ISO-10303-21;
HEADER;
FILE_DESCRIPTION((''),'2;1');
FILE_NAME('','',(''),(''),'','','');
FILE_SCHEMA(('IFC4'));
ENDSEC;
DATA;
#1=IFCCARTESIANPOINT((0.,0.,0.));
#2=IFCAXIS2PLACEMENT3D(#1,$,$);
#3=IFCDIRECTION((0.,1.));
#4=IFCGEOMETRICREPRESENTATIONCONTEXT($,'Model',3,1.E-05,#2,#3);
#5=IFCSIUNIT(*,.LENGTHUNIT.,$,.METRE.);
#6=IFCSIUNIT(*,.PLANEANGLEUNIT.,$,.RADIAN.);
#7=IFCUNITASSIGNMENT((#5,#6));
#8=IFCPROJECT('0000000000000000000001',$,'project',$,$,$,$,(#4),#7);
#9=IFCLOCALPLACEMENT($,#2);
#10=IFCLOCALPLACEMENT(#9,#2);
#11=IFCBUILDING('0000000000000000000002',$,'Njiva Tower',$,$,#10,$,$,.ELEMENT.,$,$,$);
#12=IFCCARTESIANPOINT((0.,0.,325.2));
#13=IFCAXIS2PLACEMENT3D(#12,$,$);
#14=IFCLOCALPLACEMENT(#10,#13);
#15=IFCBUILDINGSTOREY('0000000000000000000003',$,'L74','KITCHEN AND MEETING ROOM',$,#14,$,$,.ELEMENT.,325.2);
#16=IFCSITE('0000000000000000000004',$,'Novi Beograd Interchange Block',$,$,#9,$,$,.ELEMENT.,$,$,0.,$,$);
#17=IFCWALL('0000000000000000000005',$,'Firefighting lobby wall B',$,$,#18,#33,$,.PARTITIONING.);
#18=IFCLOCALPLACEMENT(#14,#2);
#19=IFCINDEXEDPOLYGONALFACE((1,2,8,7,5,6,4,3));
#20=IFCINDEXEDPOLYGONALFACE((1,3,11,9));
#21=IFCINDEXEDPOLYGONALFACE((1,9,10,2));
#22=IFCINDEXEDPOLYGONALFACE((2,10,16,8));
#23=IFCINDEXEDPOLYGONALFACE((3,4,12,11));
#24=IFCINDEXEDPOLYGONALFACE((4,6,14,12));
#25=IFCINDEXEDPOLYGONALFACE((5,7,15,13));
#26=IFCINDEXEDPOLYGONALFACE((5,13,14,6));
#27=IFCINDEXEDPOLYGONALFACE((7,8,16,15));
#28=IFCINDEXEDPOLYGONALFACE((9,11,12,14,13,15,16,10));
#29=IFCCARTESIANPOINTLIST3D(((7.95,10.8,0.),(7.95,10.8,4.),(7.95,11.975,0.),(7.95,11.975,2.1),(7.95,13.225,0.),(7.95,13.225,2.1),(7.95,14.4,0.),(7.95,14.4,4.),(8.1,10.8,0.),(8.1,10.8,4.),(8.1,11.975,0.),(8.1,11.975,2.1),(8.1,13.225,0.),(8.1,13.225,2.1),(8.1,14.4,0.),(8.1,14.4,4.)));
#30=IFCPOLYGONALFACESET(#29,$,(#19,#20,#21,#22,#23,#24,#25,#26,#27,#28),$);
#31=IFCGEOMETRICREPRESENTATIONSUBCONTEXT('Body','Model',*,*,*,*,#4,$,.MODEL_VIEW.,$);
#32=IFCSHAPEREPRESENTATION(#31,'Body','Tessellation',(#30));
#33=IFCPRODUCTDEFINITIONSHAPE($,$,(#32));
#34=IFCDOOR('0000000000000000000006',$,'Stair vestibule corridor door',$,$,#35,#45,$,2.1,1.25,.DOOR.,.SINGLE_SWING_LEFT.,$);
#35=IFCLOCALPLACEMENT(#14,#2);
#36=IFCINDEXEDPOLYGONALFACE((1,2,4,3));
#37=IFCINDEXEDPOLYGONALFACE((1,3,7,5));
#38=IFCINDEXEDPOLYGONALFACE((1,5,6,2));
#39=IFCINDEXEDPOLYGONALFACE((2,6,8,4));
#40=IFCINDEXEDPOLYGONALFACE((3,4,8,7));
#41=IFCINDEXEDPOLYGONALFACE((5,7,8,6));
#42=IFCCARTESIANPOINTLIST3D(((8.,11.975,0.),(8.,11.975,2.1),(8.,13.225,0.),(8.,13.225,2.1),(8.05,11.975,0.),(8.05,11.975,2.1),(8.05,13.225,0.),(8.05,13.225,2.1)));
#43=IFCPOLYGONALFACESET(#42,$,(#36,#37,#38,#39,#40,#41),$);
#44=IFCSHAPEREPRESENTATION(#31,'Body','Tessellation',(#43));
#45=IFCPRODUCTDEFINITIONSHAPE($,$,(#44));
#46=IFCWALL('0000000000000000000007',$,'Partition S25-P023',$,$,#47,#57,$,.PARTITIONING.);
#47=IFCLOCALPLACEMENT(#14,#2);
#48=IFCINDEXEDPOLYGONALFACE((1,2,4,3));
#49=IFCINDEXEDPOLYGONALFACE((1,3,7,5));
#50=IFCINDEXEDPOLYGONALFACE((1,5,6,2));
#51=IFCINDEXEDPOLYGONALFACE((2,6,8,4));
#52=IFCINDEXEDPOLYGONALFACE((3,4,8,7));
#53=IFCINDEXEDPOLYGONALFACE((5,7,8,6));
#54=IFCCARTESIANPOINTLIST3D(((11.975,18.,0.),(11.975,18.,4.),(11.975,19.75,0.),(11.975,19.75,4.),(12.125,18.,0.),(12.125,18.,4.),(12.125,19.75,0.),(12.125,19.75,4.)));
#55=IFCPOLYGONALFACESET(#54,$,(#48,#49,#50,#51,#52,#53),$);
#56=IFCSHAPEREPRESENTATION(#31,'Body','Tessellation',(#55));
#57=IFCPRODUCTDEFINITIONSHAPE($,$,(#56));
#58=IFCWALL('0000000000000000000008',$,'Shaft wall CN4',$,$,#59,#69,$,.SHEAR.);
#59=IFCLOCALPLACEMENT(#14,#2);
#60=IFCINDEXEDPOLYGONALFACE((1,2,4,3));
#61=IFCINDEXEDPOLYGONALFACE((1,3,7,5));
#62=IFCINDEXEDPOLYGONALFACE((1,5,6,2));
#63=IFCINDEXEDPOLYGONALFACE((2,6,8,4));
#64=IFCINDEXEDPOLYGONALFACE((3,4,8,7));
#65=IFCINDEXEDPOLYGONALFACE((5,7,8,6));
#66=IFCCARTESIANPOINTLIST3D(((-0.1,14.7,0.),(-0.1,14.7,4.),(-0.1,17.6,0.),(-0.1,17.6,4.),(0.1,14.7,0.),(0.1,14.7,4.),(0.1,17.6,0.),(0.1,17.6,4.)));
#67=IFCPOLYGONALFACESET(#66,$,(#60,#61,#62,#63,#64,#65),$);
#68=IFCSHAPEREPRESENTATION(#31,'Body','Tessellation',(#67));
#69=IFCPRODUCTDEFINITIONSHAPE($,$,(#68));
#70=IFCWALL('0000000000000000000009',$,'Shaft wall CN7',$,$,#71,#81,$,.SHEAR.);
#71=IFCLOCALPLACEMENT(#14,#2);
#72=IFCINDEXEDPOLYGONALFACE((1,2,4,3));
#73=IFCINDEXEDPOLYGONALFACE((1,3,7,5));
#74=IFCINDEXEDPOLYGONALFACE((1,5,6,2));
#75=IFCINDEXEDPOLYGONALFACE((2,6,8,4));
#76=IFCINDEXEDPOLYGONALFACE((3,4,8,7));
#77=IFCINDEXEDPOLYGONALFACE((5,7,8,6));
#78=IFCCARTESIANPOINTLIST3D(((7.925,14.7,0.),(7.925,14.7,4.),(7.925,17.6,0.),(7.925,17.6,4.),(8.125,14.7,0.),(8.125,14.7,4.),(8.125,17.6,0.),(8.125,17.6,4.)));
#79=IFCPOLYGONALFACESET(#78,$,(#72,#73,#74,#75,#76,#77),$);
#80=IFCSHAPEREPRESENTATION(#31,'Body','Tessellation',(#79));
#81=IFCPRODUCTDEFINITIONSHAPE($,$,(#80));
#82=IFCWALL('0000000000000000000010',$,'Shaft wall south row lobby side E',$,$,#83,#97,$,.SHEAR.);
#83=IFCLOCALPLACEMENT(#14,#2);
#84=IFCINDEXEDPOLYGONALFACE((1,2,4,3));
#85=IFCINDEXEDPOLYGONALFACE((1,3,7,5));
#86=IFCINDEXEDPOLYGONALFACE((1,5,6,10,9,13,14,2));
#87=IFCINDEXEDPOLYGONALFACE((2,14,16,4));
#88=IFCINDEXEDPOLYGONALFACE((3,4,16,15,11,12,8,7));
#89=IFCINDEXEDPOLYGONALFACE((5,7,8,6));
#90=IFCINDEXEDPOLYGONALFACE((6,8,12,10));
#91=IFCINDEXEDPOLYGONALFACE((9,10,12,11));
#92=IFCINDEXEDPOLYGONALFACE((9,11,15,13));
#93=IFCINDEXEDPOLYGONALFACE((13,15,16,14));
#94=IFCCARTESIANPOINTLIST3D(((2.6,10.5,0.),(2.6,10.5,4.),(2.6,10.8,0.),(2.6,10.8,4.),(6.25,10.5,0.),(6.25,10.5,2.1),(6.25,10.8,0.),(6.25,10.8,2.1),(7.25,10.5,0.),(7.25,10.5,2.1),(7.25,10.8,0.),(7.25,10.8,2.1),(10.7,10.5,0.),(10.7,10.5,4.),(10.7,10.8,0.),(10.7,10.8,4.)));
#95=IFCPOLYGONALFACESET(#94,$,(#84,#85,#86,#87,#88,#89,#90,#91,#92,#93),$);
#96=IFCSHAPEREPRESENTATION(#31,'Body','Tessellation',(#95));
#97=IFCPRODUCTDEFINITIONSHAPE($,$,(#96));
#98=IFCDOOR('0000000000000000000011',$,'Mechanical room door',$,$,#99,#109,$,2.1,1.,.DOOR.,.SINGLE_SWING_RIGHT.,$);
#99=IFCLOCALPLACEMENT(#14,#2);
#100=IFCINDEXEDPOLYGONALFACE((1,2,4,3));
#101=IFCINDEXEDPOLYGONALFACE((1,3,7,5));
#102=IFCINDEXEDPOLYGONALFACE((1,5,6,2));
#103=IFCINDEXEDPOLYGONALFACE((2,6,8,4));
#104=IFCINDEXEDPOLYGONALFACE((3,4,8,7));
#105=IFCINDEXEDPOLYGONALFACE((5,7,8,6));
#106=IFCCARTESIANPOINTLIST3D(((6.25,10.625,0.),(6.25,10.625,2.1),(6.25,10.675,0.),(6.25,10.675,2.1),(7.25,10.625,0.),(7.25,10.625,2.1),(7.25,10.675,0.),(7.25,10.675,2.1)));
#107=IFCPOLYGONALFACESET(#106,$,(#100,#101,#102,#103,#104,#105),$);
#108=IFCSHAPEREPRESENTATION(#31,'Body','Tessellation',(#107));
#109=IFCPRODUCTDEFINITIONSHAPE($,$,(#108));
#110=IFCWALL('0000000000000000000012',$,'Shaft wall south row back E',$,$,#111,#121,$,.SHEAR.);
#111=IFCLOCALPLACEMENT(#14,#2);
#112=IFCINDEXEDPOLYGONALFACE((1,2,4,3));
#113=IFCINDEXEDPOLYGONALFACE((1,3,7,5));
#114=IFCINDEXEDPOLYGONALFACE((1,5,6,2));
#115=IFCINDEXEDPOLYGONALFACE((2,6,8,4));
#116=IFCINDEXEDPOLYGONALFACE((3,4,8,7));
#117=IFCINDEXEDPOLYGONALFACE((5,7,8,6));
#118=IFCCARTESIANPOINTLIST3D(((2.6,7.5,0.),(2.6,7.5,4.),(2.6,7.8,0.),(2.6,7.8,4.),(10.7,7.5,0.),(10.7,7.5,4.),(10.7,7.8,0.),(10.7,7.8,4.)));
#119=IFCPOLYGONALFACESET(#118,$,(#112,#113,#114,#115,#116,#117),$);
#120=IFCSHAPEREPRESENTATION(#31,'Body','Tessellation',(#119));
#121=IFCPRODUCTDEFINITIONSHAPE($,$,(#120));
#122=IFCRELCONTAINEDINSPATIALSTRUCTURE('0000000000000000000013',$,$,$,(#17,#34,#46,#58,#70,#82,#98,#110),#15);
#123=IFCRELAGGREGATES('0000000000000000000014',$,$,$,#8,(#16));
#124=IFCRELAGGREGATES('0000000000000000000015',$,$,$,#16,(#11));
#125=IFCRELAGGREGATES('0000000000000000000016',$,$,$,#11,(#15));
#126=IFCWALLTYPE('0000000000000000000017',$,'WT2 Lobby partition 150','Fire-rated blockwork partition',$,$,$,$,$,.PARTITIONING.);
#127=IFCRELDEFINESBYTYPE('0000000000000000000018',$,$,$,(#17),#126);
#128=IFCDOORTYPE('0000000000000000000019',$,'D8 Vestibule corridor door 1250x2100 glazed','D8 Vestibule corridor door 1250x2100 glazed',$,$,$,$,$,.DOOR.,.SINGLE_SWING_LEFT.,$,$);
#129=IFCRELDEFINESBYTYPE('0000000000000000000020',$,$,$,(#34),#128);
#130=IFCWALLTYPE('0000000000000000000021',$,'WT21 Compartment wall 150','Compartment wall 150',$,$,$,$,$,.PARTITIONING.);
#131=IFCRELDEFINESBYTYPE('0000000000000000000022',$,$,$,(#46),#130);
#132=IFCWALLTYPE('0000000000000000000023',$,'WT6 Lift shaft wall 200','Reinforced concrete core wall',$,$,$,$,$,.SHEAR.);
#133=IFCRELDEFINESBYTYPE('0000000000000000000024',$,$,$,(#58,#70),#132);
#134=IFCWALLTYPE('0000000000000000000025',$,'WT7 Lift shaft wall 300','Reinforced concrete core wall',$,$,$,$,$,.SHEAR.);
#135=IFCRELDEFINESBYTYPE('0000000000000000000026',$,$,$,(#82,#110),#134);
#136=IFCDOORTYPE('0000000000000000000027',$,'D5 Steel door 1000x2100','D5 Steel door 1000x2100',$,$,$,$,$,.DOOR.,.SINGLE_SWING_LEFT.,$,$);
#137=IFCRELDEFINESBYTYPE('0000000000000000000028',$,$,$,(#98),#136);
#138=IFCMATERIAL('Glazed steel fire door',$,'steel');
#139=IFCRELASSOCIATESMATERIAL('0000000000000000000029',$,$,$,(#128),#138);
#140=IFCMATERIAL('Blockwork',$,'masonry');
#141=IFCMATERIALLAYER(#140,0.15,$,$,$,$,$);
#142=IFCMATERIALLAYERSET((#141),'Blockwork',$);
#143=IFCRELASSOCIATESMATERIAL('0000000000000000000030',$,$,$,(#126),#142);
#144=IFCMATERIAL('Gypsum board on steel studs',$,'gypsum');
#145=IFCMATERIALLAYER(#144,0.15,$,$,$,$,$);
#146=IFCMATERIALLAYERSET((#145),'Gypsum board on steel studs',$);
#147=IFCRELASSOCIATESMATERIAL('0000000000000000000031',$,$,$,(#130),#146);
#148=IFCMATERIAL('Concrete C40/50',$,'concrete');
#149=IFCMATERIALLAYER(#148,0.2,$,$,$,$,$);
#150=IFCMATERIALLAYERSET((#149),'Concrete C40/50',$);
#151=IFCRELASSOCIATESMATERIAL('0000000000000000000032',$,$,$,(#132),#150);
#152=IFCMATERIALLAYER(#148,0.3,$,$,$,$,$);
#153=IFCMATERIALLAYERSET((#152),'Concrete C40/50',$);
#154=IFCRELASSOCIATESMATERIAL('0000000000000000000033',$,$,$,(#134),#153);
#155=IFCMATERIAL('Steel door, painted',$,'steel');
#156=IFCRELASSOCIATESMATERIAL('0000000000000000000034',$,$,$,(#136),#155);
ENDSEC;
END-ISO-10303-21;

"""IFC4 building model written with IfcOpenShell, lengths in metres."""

from ifc_helpers import new_model, si_unit, direction, frame, frame_2d, origin, place, context, subcontext, project, spatial, rectangle, extrude, material, layer, layer_set, type_object, element, fill, save


model = new_model("IFC4")

# Units and contexts
model_context = context("Model", 3, precision=1e-05, world=origin(), true_north=direction((0.0, 1.0)))
body_context = subcontext(model_context, "Body", "Model", "MODEL_VIEW")
ifc_project = project(units=[si_unit("LENGTHUNIT", "METRE"), si_unit("PLANEANGLEUNIT", "RADIAN")], contexts=[model_context])

# Site, building, storey
site_placement = place(None, origin())
site = spatial("IfcSite", under=ifc_project, at=site_placement, Name="Novi Beograd Interchange Block", CompositionType="ELEMENT", RefElevation=0.0)
building_placement = place(site_placement, origin())
building = spatial("IfcBuilding", under=site, at=building_placement, Name="Njiva Tower", CompositionType="ELEMENT")
storey_placement = place(building_placement, frame((0.0, 0.0, 325.2)))
storey = spatial("IfcBuildingStorey", under=building, at=storey_placement, Name="L74", Description="KITCHEN AND MEETING ROOM", CompositionType="ELEMENT", Elevation=325.2)

# Shared definitions
ifc_material_1 = material(Name="Blockwork", Category="masonry")

# Shared definitions
ifc_material_2 = material(Name="Concrete C40/50", Category="concrete")
ifc_material_3 = material(Name="Steel door, painted", Category="steel")
ifc_material_4 = material(Name="Glazed steel fire door", Category="steel")
door_type_1 = type_object("IfcDoorType", Name="D8 Vestibule corridor door 1250x2100 glazed", Description="D8 Vestibule corridor door 1250x2100 glazed", OperationType="SINGLE_SWING_LEFT", PredefinedType="DOOR", material=ifc_material_4)

# Wall, opening, door
ifc_layer_1 = layer(ifc_material_1, 0.15)
ifc_layer_set_1 = layer_set([ifc_layer_1], Name="Blockwork")
wall_type_1 = type_object("IfcWallType", Name="WT2 Lobby partition 150", Description="Fire-rated blockwork partition", PredefinedType="PARTITIONING", material=ifc_layer_set_1)
wall_1_placement = place(storey_placement, frame((8.025, 10.8, 0.0), z_axis=(0.0, 0.0, 1.0), x_axis=(0.0, 1.0, 0.0)))
wall_1 = element("IfcWall", 1, at=wall_1_placement, inside=storey, type_object=wall_type_1, Name="Firefighting lobby wall B", PredefinedType="PARTITIONING", context=body_context, shape_type="SweptSolid", body=[
    extrude(rectangle(XDim=3.6, YDim=0.15, at=frame_2d((1.8, 0.0))), origin(), (0.0, 0.0, 1.0), 4.0),
])
opening_1_placement = place(wall_1_placement, frame((1.175, 0.0, 0.0)))
opening_1 = element("IfcOpeningElement", 2, at=opening_1_placement, cuts=wall_1, PredefinedType="OPENING", context=body_context, shape_type="SweptSolid", body=[
    extrude(rectangle(XDim=1.25, YDim=2.1, at=frame_2d((0.625, 1.05))), frame((0.0, 0.085, 0.0), z_axis=(0.0, -1.0, 0.0), x_axis=(1.0, 0.0, 0.0)), (0.0, 0.0, 1.0), 0.17),
])
door_1_placement = place(opening_1_placement, origin())
door_1 = element("IfcDoor", 3, at=door_1_placement, inside=storey, type_object=door_type_1, Name="Stair vestibule corridor door", OperationType="SINGLE_SWING_LEFT", OverallHeight=2.1, OverallWidth=1.25, PredefinedType="DOOR", context=body_context, shape_type="SweptSolid", body=[
    extrude(rectangle(XDim=1.25, YDim=2.1, at=frame_2d((0.625, 1.05))), frame((0.0, 0.025, 0.0), z_axis=(0.0, -1.0, 0.0), x_axis=(1.0, 0.0, 0.0)), (0.0, 0.0, 1.0), 0.05),
])
fill(opening_1, door_1)

# Walls
ifc_material_5 = material(Name="Gypsum board on steel studs", Category="gypsum")
ifc_layer_2 = layer(ifc_material_5, 0.15)
ifc_layer_set_2 = layer_set([ifc_layer_2], Name="Gypsum board on steel studs")
wall_type_2 = type_object("IfcWallType", Name="WT21 Compartment wall 150", Description="Compartment wall 150", PredefinedType="PARTITIONING", material=ifc_layer_set_2)
wall_2_placement = place(storey_placement, frame((12.05, 18.0, 0.0), z_axis=(0.0, 0.0, 1.0), x_axis=(0.0, 1.0, 0.0)))
element("IfcWall", 4, at=wall_2_placement, inside=storey, type_object=wall_type_2, Name="Partition S25-P023", PredefinedType="PARTITIONING", context=body_context, shape_type="SweptSolid", body=[
    extrude(rectangle(XDim=1.75, YDim=0.15, at=frame_2d((0.875, 0.0))), origin(), (0.0, 0.0, 1.0), 4.0),
])
ifc_layer_3 = layer(ifc_material_2, 0.2)
ifc_layer_set_3 = layer_set([ifc_layer_3], Name="Concrete C40/50")
wall_type_3 = type_object("IfcWallType", Name="WT6 Lift shaft wall 200", Description="Reinforced concrete core wall", PredefinedType="SHEAR", material=ifc_layer_set_3)
for number, where, z_axis, x_axis, name in (
    (5, (0.0, 14.7, 0.0), (0.0, 0.0, 1.0), (0.0, 1.0, 0.0), "Shaft wall CN4"),
    (6, (8.025, 14.7, 0.0), (0.0, 0.0, 1.0), (0.0, 1.0, 0.0), "Shaft wall CN7"),
):
    element("IfcWall", number, at=place(storey_placement, frame(where, z_axis=z_axis, x_axis=x_axis)), inside=storey, type_object=wall_type_3, Name=name, PredefinedType="SHEAR", context=body_context, shape_type="SweptSolid", body=[
        extrude(rectangle(XDim=2.9, YDim=0.2, at=frame_2d((1.45, 0.0))), origin(), (0.0, 0.0, 1.0), 4.0),
    ])

# Wall, opening, door
ifc_layer_4 = layer(ifc_material_2, 0.3)
ifc_layer_set_4 = layer_set([ifc_layer_4], Name="Concrete C40/50")
wall_type_4 = type_object("IfcWallType", Name="WT7 Lift shaft wall 300", Description="Reinforced concrete core wall", PredefinedType="SHEAR", material=ifc_layer_set_4)
wall_3_placement = place(storey_placement, frame((2.6, 10.65, 0.0), z_axis=(0.0, 0.0, 1.0), x_axis=(1.0, 0.0, 0.0)))
wall_3 = element("IfcWall", 7, at=wall_3_placement, inside=storey, type_object=wall_type_4, Name="Shaft wall south row lobby side E", PredefinedType="SHEAR", context=body_context, shape_type="SweptSolid", body=[
    extrude(rectangle(XDim=8.1, YDim=0.3, at=frame_2d((4.05, 0.0))), origin(), (0.0, 0.0, 1.0), 4.0),
])
opening_2_placement = place(wall_3_placement, frame((3.65, 0.0, 0.0)))
opening_2 = element("IfcOpeningElement", 8, at=opening_2_placement, cuts=wall_3, PredefinedType="OPENING", context=body_context, shape_type="SweptSolid", body=[
    extrude(rectangle(XDim=1.0, YDim=2.1, at=frame_2d((0.5, 1.05))), frame((0.0, 0.16, 0.0), z_axis=(0.0, -1.0, 0.0), x_axis=(1.0, 0.0, 0.0)), (0.0, 0.0, 1.0), 0.32),
])
door_type_2 = type_object("IfcDoorType", Name="D5 Steel door 1000x2100", Description="D5 Steel door 1000x2100", OperationType="SINGLE_SWING_LEFT", PredefinedType="DOOR", material=ifc_material_3)
door_2_placement = place(opening_2_placement, origin())
door_2 = element("IfcDoor", 9, at=door_2_placement, inside=storey, type_object=door_type_2, Name="Mechanical room door", OperationType="SINGLE_SWING_RIGHT", OverallHeight=2.1, OverallWidth=1.0, PredefinedType="DOOR", context=body_context, shape_type="SweptSolid", body=[
    extrude(rectangle(XDim=1.0, YDim=2.1, at=frame_2d((0.5, 1.05))), frame((0.0, 0.025, 0.0), z_axis=(0.0, -1.0, 0.0), x_axis=(1.0, 0.0, 0.0)), (0.0, 0.0, 1.0), 0.05),
])
fill(opening_2, door_2)

# Wall
wall_4_placement = place(storey_placement, frame((2.6, 7.65, 0.0), z_axis=(0.0, 0.0, 1.0), x_axis=(1.0, 0.0, 0.0)))
element("IfcWall", 10, at=wall_4_placement, inside=storey, type_object=wall_type_4, Name="Shaft wall south row back E", PredefinedType="SHEAR", context=body_context, shape_type="SweptSolid", body=[
    extrude(rectangle(XDim=8.1, YDim=0.3, at=frame_2d((4.05, 0.0))), origin(), (0.0, 0.0, 1.0), 4.0),
])

save(model, "model.ifc")
